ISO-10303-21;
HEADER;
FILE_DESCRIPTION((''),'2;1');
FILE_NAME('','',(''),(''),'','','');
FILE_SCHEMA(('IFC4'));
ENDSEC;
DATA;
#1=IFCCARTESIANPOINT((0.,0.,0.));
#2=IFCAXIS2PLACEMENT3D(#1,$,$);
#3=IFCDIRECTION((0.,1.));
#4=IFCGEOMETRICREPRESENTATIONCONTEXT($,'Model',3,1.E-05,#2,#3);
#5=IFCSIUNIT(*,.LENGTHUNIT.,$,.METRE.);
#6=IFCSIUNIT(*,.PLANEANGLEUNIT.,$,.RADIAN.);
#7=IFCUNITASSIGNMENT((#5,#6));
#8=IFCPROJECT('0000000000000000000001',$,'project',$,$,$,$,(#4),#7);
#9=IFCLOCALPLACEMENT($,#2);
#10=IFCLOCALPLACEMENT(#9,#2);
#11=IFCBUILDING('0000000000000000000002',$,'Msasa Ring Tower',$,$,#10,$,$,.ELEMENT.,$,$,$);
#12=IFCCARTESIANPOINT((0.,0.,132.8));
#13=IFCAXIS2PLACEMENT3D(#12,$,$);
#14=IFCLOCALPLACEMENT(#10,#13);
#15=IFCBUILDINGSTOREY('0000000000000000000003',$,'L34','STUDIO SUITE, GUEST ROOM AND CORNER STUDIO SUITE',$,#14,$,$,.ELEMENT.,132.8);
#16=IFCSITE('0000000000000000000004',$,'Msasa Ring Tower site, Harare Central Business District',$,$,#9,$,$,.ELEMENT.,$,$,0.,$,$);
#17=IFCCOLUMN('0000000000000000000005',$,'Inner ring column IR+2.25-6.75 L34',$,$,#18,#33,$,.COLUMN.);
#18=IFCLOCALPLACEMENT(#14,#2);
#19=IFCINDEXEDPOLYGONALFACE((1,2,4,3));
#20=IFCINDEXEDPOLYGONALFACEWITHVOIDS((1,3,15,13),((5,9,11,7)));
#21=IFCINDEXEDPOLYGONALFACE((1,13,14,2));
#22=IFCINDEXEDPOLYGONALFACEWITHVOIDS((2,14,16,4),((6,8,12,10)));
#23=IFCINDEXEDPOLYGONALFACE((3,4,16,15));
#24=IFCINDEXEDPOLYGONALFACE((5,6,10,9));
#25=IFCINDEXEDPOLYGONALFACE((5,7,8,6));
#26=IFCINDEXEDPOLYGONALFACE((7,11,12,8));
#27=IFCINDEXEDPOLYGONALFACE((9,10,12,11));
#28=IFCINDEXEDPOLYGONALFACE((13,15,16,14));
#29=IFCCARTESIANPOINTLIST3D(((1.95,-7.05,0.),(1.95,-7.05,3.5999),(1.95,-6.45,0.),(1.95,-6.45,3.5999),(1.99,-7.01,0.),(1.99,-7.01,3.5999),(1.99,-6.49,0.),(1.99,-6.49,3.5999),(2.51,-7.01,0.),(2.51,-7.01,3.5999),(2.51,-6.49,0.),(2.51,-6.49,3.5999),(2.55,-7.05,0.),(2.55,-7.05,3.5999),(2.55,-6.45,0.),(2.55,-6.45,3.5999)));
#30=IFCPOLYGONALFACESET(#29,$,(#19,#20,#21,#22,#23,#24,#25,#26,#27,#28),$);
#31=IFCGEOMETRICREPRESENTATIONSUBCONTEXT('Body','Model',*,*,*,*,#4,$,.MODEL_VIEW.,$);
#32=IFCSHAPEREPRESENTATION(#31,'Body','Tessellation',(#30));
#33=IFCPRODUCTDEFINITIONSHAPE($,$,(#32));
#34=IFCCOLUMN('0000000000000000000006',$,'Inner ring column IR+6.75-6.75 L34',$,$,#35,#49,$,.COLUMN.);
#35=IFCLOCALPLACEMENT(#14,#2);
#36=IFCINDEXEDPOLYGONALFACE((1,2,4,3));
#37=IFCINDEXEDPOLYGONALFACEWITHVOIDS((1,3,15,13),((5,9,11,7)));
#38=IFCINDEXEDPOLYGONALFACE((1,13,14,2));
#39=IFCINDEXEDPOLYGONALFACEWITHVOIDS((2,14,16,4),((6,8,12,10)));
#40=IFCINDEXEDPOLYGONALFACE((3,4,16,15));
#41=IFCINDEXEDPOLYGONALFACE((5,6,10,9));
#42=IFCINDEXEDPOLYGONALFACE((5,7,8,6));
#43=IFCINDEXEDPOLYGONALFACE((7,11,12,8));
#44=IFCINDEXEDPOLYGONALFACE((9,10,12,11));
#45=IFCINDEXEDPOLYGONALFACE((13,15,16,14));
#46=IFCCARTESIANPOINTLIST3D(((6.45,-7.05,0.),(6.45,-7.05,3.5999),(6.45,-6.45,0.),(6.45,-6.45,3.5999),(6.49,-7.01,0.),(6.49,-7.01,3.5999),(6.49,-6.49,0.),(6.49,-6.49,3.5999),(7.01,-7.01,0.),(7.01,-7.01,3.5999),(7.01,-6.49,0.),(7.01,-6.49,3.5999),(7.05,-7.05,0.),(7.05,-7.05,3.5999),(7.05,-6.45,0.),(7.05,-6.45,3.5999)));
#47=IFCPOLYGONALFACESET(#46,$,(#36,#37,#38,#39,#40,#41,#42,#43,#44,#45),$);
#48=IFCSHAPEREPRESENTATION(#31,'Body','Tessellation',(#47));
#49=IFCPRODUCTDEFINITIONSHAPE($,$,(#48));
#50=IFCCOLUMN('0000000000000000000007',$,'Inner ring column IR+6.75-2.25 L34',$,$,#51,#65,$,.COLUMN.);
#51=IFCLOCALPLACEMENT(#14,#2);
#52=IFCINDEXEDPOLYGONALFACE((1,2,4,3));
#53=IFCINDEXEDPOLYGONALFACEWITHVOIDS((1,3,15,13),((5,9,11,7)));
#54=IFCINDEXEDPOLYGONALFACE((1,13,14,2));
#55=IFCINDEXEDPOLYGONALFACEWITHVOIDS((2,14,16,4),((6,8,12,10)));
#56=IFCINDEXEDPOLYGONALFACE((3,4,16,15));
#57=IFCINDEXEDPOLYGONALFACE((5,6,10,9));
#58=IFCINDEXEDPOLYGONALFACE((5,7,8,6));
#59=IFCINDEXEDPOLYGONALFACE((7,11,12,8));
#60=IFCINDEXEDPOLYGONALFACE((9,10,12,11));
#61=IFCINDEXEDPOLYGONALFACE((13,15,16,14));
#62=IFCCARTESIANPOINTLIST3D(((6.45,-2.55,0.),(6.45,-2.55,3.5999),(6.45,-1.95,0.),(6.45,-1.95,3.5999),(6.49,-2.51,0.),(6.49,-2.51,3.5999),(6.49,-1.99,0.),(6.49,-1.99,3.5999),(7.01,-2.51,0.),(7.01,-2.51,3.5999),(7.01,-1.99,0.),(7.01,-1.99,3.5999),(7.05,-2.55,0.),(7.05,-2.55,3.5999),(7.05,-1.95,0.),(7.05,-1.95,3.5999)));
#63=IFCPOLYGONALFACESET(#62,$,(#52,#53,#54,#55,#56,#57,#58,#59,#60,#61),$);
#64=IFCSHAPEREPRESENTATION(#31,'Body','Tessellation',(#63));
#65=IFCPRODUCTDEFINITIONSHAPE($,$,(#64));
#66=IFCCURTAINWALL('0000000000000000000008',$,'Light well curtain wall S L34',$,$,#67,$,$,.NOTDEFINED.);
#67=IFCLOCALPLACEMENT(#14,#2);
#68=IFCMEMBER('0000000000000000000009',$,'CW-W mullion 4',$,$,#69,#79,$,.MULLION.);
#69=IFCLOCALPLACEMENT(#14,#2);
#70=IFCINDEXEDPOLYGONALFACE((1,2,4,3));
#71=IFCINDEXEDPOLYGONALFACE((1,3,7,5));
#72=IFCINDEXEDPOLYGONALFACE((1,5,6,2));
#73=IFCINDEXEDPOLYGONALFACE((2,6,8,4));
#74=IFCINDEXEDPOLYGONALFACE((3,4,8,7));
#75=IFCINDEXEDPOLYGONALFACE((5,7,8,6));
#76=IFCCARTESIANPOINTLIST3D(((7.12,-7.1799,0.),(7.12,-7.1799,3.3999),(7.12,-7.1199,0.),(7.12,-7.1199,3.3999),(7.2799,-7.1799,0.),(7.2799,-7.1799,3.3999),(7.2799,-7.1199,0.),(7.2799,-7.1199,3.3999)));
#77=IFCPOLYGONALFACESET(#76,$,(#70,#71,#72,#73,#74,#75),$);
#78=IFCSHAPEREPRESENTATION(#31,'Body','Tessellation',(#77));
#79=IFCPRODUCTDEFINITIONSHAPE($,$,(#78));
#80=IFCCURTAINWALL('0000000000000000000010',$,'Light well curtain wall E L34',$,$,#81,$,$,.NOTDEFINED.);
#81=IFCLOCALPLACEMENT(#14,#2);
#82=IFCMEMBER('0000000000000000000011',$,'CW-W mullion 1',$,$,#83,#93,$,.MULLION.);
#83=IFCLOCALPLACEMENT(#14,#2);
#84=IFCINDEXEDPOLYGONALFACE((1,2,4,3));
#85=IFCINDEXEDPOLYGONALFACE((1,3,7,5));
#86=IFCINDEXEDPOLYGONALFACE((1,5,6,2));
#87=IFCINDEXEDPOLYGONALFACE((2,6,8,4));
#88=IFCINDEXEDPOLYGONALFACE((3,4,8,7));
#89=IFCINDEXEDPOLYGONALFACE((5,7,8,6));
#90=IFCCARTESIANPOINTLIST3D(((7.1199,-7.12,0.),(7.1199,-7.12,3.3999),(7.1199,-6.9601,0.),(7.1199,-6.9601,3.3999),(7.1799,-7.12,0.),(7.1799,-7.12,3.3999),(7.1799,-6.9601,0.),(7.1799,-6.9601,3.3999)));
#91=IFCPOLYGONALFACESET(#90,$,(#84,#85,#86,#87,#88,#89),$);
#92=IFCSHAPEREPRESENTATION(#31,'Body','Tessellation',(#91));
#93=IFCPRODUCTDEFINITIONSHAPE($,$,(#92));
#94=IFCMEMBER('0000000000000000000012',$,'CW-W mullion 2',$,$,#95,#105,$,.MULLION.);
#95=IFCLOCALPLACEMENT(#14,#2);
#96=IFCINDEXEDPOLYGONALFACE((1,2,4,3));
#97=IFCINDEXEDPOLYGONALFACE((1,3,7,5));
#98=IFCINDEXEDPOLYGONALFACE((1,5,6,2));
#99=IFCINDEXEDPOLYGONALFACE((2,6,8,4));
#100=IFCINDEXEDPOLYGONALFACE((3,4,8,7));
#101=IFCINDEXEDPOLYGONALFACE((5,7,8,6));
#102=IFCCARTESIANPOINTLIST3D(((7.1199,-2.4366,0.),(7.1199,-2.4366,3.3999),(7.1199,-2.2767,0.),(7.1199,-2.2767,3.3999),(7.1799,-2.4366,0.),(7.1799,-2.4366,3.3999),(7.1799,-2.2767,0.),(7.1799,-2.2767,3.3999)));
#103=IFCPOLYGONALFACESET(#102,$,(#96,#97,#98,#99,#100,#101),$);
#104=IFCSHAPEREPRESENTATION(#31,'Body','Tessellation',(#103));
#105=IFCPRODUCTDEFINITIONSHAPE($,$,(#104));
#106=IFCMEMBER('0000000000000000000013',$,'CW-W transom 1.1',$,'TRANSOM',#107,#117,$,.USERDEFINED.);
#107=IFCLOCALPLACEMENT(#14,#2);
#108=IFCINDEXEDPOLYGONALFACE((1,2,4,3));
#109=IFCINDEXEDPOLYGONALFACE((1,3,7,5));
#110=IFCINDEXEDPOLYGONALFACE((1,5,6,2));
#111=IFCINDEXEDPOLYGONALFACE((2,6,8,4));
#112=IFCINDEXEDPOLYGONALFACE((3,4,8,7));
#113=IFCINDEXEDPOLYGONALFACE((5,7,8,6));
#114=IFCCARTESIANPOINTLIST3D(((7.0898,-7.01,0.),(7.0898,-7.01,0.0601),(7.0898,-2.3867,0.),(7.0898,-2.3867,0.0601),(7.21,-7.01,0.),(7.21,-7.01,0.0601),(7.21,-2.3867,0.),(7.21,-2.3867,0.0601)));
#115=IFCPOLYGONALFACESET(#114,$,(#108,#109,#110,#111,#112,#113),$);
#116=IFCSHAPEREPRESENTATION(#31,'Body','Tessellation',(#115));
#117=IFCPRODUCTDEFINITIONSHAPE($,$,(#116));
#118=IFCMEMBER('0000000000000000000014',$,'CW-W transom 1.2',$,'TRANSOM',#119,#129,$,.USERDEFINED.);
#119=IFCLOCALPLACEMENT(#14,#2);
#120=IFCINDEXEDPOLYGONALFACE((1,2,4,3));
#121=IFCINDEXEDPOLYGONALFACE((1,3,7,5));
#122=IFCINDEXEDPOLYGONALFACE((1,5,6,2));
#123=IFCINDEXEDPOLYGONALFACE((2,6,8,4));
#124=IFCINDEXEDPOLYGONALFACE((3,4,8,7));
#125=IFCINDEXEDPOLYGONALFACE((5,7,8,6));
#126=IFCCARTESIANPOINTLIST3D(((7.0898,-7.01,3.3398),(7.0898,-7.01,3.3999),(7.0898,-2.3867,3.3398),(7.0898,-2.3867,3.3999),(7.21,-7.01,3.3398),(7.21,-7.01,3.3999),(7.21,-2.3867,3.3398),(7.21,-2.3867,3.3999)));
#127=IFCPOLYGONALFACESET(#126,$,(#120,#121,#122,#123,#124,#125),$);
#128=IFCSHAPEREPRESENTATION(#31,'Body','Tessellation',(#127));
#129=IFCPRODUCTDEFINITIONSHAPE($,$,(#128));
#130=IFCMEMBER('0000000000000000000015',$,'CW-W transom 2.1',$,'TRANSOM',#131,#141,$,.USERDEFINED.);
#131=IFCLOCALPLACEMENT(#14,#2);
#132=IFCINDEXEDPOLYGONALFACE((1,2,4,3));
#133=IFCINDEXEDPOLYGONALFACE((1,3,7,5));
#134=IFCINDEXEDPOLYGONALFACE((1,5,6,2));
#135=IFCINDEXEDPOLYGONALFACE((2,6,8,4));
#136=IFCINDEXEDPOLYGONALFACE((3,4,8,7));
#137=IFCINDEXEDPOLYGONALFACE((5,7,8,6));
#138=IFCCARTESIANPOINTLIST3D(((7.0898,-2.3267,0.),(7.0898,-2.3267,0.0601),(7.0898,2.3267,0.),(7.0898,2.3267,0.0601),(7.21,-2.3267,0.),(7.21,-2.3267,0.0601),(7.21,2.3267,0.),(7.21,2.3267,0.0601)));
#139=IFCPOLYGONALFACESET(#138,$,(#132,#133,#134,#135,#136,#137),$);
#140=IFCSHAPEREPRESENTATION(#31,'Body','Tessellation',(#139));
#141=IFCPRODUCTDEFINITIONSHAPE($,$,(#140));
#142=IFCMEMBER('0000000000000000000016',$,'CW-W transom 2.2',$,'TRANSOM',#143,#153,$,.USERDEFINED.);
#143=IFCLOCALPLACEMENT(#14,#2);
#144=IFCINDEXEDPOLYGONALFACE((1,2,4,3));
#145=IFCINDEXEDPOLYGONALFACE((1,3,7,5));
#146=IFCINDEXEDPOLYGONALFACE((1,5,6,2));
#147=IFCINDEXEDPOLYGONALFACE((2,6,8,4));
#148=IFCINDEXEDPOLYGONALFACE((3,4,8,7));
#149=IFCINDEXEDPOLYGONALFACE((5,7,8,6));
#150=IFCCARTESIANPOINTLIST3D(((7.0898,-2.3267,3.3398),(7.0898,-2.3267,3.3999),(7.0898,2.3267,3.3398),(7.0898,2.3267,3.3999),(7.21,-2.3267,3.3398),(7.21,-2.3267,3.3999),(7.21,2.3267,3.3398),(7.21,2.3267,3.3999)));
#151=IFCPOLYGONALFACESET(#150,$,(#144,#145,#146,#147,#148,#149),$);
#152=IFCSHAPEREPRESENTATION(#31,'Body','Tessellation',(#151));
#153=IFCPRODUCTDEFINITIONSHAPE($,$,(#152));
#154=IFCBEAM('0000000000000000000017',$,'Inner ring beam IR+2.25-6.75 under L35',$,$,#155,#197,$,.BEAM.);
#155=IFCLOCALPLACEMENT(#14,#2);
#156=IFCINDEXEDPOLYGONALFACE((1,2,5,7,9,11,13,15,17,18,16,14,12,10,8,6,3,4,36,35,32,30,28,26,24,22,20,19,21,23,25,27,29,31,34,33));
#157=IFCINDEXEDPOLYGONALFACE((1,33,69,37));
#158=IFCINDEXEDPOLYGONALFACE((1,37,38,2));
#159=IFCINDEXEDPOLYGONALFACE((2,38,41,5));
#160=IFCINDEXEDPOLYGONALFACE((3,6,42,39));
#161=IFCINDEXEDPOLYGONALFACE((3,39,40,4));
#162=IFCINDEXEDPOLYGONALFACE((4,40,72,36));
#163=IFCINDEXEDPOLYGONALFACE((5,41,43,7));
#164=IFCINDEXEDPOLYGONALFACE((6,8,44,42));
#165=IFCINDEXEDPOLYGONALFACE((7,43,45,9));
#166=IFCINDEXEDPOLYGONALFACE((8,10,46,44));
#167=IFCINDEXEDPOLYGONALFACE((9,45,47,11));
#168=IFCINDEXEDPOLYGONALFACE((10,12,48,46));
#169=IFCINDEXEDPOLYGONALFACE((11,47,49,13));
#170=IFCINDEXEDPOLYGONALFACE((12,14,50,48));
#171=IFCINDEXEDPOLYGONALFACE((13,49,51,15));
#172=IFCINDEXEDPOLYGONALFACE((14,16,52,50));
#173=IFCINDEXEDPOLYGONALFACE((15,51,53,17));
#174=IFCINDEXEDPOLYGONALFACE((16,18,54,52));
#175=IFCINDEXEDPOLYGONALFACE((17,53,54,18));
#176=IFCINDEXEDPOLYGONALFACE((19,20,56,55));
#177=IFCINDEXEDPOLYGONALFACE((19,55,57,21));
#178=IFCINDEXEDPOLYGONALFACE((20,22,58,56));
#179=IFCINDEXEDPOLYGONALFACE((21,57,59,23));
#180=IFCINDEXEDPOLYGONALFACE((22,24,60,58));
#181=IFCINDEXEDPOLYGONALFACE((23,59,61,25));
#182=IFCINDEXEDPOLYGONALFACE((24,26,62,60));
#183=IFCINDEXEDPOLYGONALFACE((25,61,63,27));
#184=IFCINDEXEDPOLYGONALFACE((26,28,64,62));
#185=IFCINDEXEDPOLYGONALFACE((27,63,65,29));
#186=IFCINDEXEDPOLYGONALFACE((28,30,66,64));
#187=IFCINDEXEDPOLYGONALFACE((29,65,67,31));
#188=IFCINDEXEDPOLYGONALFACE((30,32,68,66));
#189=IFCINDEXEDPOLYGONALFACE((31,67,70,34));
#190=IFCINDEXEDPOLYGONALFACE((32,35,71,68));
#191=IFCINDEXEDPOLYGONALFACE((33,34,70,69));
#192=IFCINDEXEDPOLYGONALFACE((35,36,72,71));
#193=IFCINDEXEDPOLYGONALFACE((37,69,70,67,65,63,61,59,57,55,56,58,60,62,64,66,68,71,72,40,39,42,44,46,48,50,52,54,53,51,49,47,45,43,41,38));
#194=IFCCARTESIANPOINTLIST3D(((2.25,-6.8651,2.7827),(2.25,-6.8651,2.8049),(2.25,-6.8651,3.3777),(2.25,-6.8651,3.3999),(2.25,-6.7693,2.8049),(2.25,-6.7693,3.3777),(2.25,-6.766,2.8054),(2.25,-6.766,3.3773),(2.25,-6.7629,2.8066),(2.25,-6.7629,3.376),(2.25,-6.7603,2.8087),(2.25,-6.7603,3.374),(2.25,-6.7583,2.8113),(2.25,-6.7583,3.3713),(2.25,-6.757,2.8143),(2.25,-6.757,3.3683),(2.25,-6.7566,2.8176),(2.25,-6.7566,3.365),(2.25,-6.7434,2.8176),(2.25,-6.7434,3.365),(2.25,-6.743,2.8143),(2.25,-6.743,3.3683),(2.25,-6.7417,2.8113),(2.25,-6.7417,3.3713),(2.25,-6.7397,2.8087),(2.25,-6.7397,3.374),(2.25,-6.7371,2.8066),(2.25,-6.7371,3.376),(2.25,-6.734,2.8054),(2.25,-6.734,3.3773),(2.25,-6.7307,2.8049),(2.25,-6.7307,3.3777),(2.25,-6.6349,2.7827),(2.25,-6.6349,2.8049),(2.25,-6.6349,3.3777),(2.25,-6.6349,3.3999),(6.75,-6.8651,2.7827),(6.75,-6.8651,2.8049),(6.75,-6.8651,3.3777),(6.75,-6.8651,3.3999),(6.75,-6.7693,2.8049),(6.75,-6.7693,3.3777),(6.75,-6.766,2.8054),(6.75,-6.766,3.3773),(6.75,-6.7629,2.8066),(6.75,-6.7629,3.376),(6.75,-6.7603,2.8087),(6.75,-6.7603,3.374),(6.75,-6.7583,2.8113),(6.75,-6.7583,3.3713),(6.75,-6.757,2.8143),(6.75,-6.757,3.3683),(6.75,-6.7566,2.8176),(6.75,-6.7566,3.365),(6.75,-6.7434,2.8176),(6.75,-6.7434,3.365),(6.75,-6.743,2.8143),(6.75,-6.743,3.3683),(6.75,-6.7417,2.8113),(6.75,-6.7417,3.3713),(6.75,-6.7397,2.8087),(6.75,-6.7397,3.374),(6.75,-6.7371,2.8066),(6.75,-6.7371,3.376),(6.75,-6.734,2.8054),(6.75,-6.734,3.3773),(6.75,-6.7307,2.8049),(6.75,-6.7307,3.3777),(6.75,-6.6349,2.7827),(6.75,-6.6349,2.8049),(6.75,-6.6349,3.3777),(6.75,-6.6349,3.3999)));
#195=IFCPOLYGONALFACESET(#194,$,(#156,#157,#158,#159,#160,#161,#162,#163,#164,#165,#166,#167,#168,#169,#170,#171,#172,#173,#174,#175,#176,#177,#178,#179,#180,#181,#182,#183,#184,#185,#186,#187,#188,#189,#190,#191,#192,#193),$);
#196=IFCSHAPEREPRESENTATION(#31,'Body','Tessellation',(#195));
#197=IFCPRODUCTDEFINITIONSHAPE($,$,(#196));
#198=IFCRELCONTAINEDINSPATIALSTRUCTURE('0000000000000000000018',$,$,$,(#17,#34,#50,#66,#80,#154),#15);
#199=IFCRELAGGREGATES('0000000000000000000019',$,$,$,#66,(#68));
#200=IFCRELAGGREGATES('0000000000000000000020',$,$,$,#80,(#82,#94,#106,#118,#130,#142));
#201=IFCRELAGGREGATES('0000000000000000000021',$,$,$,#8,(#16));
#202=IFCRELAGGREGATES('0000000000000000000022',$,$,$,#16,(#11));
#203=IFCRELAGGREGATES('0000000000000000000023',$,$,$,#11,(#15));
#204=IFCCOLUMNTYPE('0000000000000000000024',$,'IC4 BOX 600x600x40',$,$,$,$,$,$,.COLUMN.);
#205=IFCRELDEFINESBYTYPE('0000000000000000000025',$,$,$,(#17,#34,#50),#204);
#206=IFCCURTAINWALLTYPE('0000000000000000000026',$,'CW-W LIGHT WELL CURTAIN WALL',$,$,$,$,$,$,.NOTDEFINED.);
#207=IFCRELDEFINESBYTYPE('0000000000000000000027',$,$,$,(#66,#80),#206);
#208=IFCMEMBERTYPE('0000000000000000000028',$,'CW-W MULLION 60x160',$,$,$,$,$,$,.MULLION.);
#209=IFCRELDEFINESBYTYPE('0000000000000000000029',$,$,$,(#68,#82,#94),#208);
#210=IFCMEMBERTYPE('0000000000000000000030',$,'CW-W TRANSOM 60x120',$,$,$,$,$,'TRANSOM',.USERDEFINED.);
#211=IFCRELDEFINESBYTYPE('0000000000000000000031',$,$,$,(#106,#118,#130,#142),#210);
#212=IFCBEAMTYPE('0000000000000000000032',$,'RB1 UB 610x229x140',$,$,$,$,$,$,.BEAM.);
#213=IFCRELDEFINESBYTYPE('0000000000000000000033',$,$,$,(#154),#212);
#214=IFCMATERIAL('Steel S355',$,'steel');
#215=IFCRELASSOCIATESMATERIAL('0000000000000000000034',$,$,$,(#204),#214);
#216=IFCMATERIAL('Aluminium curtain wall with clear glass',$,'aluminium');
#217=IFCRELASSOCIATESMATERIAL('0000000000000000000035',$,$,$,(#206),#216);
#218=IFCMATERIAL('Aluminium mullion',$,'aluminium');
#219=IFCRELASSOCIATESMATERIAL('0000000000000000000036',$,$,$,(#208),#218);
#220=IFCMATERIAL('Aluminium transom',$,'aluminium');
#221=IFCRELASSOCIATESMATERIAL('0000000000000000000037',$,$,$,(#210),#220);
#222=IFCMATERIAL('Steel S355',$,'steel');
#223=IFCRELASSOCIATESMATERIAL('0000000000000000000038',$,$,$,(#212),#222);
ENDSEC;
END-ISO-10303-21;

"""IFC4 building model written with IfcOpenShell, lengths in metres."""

from ifc_helpers import new_model, si_unit, direction, frame, origin, origin_2d, place, context, subcontext, project, spatial, rectangle, hollow_rectangle, i_section, extrude, material, material_profile, profile_set, type_object, element, aggregate, save


model = new_model("IFC4")

# Units and contexts
model_context = context("Model", 3, precision=1e-05, world=origin(), true_north=direction((0.0, 1.0)))
body_context = subcontext(model_context, "Body", "Model", "MODEL_VIEW")
ifc_project = project(units=[si_unit("LENGTHUNIT", "METRE"), si_unit("PLANEANGLEUNIT", "RADIAN")], contexts=[model_context])

# Site, building, storey
site_placement = place(None, origin())
site = spatial("IfcSite", under=ifc_project, at=site_placement, Name="Msasa Ring Tower site, Harare Central Business District", CompositionType="ELEMENT", RefElevation=0.0)
building_placement = place(site_placement, origin())
building = spatial("IfcBuilding", under=site, at=building_placement, Name="Msasa Ring Tower", CompositionType="ELEMENT")
storey_placement = place(building_placement, frame((0.0, 0.0, 132.8)))
storey = spatial("IfcBuildingStorey", under=building, at=storey_placement, Name="L34", Description="STUDIO SUITE, GUEST ROOM AND CORNER STUDIO SUITE", CompositionType="ELEMENT", Elevation=132.8)

# Columns
ifc_material_1 = material(Name="Steel S355", Category="steel")
ifc_material_profile_1 = material_profile(ifc_material_1, hollow_rectangle(XDim=0.6001, YDim=0.6001, WallThickness=0.04, at=origin_2d()), Name="BOX 600x600x40")
ifc_profile_set_1 = profile_set([ifc_material_profile_1], Name="Steel S355")
column_type = type_object("IfcColumnType", Name="IC4 BOX 600x600x40", PredefinedType="COLUMN", material=ifc_profile_set_1)
for number, where, z_axis, x_axis, name in (
    (1, (2.25, -6.75, 0.0), (0.0, 0.0, 1.0), (1.0, 0.0, 0.0), "Inner ring column IR+2.25-6.75 L34"),
    (2, (6.75, -6.75, 0.0), (0.0, 0.0, 1.0), (1.0, 0.0, 0.0), "Inner ring column IR+6.75-6.75 L34"),
    (3, (6.75, -2.25, 0.0), (0.0, 0.0, 1.0), (1.0, 0.0, 0.0), "Inner ring column IR+6.75-2.25 L34"),
):
    element("IfcColumn", number, at=place(storey_placement, frame(where, z_axis=z_axis, x_axis=x_axis)), inside=storey, type_object=column_type, Name=name, PredefinedType="COLUMN", context=body_context, shape_type="SweptSolid", body=[
        extrude(hollow_rectangle(XDim=0.6001, YDim=0.6001, WallThickness=0.04, at=origin_2d()), origin(), (0.0, 0.0, 1.0), 3.5999),
    ])

# Curtain wall, member
ifc_material_2 = material(Name="Aluminium curtain wall with clear glass", Category="aluminium")
curtain_wall_type = type_object("IfcCurtainWallType", Name="CW-W LIGHT WELL CURTAIN WALL", PredefinedType="NOTDEFINED", material=ifc_material_2)
curtain_wall_1_placement = place(storey_placement, origin())
curtain_wall_1 = element("IfcCurtainWall", 4, at=curtain_wall_1_placement, inside=storey, type_object=curtain_wall_type, Name="Light well curtain wall S L34", PredefinedType="NOTDEFINED")
ifc_material_3 = material(Name="Aluminium mullion", Category="aluminium")
ifc_material_profile_2 = material_profile(ifc_material_3, rectangle(XDim=0.0601, YDim=0.1599, at=origin_2d()), Name="AL 60x160")
ifc_profile_set_2 = profile_set([ifc_material_profile_2], Name="Aluminium mullion")
member_type_1 = type_object("IfcMemberType", Name="CW-W MULLION 60x160", PredefinedType="MULLION", material=ifc_profile_set_2)
member_1_placement = place(storey_placement, frame((7.2, -7.1499, 0.0), z_axis=(0.0, 0.0, 1.0), x_axis=(0.0, 1.0, 0.0)))
member_1 = element("IfcMember", 5, at=member_1_placement, type_object=member_type_1, Name="CW-W mullion 4", PredefinedType="MULLION", context=body_context, shape_type="SweptSolid", body=[
    extrude(rectangle(XDim=0.0601, YDim=0.1599, at=origin_2d()), origin(), (0.0, 0.0, 1.0), 3.3999),
])
aggregate(curtain_wall_1, [member_1])

# Curtain wall, members
curtain_wall_2_placement = place(storey_placement, origin())
curtain_wall_2 = element("IfcCurtainWall", 6, at=curtain_wall_2_placement, inside=storey, type_object=curtain_wall_type, Name="Light well curtain wall E L34", PredefinedType="NOTDEFINED")
member_2_placement = place(storey_placement, frame((7.1499, -7.04, 0.0), z_axis=(0.0, 0.0, 1.0), x_axis=(-1.0, 0.0, 0.0)))
member_2 = element("IfcMember", 7, at=member_2_placement, type_object=member_type_1, Name="CW-W mullion 1", PredefinedType="MULLION", context=body_context, shape_type="SweptSolid", body=[
    extrude(rectangle(XDim=0.0601, YDim=0.1599, at=origin_2d()), origin(), (0.0, 0.0, 1.0), 3.3999),
])
member_3_placement = place(storey_placement, frame((7.1499, -2.3567, 0.0), z_axis=(0.0, 0.0, 1.0), x_axis=(-1.0, 0.0, 0.0)))
member_3 = element("IfcMember", 8, at=member_3_placement, type_object=member_type_1, Name="CW-W mullion 2", PredefinedType="MULLION", context=body_context, shape_type="SweptSolid", body=[
    extrude(rectangle(XDim=0.0601, YDim=0.1599, at=origin_2d()), origin(), (0.0, 0.0, 1.0), 3.3999),
])
ifc_material_4 = material(Name="Aluminium transom", Category="aluminium")
ifc_material_profile_3 = material_profile(ifc_material_4, rectangle(XDim=0.1201, YDim=0.0601, at=origin_2d()), Name="AL 60x120")
ifc_profile_set_3 = profile_set([ifc_material_profile_3], Name="Aluminium transom")
member_type_2 = type_object("IfcMemberType", Name="CW-W TRANSOM 60x120", ElementType="TRANSOM", PredefinedType="USERDEFINED", material=ifc_profile_set_3)
member_4_placement = place(storey_placement, frame((7.1499, -7.01, 0.03), z_axis=(0.0, 1.0, 0.0), x_axis=(-1.0, 0.0, 0.0)))
member_4 = element("IfcMember", 9, at=member_4_placement, type_object=member_type_2, Name="CW-W transom 1.1", ObjectType="TRANSOM", PredefinedType="USERDEFINED", context=body_context, shape_type="SweptSolid", body=[
    extrude(rectangle(XDim=0.1201, YDim=0.0601, at=origin_2d()), origin(), (0.0, 0.0, 1.0), 4.6233),
])
member_5_placement = place(storey_placement, frame((7.1499, -7.01, 3.3699), z_axis=(0.0, 1.0, 0.0), x_axis=(-1.0, 0.0, 0.0)))
member_5 = element("IfcMember", 10, at=member_5_placement, type_object=member_type_2, Name="CW-W transom 1.2", ObjectType="TRANSOM", PredefinedType="USERDEFINED", context=body_context, shape_type="SweptSolid", body=[
    extrude(rectangle(XDim=0.1201, YDim=0.0601, at=origin_2d()), origin(), (0.0, 0.0, 1.0), 4.6233),
])
member_6_placement = place(storey_placement, frame((7.1499, -2.3267, 0.03), z_axis=(0.0, 1.0, 0.0), x_axis=(-1.0, 0.0, 0.0)))
member_6 = element("IfcMember", 11, at=member_6_placement, type_object=member_type_2, Name="CW-W transom 2.1", ObjectType="TRANSOM", PredefinedType="USERDEFINED", context=body_context, shape_type="SweptSolid", body=[
    extrude(rectangle(XDim=0.1201, YDim=0.0601, at=origin_2d()), origin(), (0.0, 0.0, 1.0), 4.6533),
])
member_7_placement = place(storey_placement, frame((7.1499, -2.3267, 3.3699), z_axis=(0.0, 1.0, 0.0), x_axis=(-1.0, 0.0, 0.0)))
member_7 = element("IfcMember", 12, at=member_7_placement, type_object=member_type_2, Name="CW-W transom 2.2", ObjectType="TRANSOM", PredefinedType="USERDEFINED", context=body_context, shape_type="SweptSolid", body=[
    extrude(rectangle(XDim=0.1201, YDim=0.0601, at=origin_2d()), origin(), (0.0, 0.0, 1.0), 4.6533),
])

# Beam
ifc_material_5 = material(Name="Steel S355", Category="steel")
ifc_material_profile_4 = material_profile(ifc_material_5, i_section(OverallWidth=0.2302, OverallDepth=0.6172, WebThickness=0.0132, FlangeThickness=0.0222, FilletRadius=0.0127, at=origin_2d()), Name="UB 610x229x140")
ifc_profile_set_4 = profile_set([ifc_material_profile_4], Name="Steel S355")
beam_type = type_object("IfcBeamType", Name="RB1 UB 610x229x140", PredefinedType="BEAM", material=ifc_profile_set_4)
for number, where, z_axis, x_axis, name in (
    (13, (2.25, -6.75, 3.0913), (1.0, 0.0, 0.0), (0.0, 1.0, 0.0), "Inner ring beam IR+2.25-6.75 under L35"),
):
    element("IfcBeam", number, at=place(storey_placement, frame(where, z_axis=z_axis, x_axis=x_axis)), inside=storey, type_object=beam_type, Name=name, PredefinedType="BEAM", context=body_context, shape_type="SweptSolid", body=[
        extrude(i_section(OverallWidth=0.2302, OverallDepth=0.6172, WebThickness=0.0132, FlangeThickness=0.0222, FilletRadius=0.0127, at=origin_2d()), origin(), (0.0, 0.0, 1.0), 4.5),
    ])

aggregate(curtain_wall_2, [member_2, member_3, member_4, member_5, member_6, member_7])

save(model, "model.ifc")
